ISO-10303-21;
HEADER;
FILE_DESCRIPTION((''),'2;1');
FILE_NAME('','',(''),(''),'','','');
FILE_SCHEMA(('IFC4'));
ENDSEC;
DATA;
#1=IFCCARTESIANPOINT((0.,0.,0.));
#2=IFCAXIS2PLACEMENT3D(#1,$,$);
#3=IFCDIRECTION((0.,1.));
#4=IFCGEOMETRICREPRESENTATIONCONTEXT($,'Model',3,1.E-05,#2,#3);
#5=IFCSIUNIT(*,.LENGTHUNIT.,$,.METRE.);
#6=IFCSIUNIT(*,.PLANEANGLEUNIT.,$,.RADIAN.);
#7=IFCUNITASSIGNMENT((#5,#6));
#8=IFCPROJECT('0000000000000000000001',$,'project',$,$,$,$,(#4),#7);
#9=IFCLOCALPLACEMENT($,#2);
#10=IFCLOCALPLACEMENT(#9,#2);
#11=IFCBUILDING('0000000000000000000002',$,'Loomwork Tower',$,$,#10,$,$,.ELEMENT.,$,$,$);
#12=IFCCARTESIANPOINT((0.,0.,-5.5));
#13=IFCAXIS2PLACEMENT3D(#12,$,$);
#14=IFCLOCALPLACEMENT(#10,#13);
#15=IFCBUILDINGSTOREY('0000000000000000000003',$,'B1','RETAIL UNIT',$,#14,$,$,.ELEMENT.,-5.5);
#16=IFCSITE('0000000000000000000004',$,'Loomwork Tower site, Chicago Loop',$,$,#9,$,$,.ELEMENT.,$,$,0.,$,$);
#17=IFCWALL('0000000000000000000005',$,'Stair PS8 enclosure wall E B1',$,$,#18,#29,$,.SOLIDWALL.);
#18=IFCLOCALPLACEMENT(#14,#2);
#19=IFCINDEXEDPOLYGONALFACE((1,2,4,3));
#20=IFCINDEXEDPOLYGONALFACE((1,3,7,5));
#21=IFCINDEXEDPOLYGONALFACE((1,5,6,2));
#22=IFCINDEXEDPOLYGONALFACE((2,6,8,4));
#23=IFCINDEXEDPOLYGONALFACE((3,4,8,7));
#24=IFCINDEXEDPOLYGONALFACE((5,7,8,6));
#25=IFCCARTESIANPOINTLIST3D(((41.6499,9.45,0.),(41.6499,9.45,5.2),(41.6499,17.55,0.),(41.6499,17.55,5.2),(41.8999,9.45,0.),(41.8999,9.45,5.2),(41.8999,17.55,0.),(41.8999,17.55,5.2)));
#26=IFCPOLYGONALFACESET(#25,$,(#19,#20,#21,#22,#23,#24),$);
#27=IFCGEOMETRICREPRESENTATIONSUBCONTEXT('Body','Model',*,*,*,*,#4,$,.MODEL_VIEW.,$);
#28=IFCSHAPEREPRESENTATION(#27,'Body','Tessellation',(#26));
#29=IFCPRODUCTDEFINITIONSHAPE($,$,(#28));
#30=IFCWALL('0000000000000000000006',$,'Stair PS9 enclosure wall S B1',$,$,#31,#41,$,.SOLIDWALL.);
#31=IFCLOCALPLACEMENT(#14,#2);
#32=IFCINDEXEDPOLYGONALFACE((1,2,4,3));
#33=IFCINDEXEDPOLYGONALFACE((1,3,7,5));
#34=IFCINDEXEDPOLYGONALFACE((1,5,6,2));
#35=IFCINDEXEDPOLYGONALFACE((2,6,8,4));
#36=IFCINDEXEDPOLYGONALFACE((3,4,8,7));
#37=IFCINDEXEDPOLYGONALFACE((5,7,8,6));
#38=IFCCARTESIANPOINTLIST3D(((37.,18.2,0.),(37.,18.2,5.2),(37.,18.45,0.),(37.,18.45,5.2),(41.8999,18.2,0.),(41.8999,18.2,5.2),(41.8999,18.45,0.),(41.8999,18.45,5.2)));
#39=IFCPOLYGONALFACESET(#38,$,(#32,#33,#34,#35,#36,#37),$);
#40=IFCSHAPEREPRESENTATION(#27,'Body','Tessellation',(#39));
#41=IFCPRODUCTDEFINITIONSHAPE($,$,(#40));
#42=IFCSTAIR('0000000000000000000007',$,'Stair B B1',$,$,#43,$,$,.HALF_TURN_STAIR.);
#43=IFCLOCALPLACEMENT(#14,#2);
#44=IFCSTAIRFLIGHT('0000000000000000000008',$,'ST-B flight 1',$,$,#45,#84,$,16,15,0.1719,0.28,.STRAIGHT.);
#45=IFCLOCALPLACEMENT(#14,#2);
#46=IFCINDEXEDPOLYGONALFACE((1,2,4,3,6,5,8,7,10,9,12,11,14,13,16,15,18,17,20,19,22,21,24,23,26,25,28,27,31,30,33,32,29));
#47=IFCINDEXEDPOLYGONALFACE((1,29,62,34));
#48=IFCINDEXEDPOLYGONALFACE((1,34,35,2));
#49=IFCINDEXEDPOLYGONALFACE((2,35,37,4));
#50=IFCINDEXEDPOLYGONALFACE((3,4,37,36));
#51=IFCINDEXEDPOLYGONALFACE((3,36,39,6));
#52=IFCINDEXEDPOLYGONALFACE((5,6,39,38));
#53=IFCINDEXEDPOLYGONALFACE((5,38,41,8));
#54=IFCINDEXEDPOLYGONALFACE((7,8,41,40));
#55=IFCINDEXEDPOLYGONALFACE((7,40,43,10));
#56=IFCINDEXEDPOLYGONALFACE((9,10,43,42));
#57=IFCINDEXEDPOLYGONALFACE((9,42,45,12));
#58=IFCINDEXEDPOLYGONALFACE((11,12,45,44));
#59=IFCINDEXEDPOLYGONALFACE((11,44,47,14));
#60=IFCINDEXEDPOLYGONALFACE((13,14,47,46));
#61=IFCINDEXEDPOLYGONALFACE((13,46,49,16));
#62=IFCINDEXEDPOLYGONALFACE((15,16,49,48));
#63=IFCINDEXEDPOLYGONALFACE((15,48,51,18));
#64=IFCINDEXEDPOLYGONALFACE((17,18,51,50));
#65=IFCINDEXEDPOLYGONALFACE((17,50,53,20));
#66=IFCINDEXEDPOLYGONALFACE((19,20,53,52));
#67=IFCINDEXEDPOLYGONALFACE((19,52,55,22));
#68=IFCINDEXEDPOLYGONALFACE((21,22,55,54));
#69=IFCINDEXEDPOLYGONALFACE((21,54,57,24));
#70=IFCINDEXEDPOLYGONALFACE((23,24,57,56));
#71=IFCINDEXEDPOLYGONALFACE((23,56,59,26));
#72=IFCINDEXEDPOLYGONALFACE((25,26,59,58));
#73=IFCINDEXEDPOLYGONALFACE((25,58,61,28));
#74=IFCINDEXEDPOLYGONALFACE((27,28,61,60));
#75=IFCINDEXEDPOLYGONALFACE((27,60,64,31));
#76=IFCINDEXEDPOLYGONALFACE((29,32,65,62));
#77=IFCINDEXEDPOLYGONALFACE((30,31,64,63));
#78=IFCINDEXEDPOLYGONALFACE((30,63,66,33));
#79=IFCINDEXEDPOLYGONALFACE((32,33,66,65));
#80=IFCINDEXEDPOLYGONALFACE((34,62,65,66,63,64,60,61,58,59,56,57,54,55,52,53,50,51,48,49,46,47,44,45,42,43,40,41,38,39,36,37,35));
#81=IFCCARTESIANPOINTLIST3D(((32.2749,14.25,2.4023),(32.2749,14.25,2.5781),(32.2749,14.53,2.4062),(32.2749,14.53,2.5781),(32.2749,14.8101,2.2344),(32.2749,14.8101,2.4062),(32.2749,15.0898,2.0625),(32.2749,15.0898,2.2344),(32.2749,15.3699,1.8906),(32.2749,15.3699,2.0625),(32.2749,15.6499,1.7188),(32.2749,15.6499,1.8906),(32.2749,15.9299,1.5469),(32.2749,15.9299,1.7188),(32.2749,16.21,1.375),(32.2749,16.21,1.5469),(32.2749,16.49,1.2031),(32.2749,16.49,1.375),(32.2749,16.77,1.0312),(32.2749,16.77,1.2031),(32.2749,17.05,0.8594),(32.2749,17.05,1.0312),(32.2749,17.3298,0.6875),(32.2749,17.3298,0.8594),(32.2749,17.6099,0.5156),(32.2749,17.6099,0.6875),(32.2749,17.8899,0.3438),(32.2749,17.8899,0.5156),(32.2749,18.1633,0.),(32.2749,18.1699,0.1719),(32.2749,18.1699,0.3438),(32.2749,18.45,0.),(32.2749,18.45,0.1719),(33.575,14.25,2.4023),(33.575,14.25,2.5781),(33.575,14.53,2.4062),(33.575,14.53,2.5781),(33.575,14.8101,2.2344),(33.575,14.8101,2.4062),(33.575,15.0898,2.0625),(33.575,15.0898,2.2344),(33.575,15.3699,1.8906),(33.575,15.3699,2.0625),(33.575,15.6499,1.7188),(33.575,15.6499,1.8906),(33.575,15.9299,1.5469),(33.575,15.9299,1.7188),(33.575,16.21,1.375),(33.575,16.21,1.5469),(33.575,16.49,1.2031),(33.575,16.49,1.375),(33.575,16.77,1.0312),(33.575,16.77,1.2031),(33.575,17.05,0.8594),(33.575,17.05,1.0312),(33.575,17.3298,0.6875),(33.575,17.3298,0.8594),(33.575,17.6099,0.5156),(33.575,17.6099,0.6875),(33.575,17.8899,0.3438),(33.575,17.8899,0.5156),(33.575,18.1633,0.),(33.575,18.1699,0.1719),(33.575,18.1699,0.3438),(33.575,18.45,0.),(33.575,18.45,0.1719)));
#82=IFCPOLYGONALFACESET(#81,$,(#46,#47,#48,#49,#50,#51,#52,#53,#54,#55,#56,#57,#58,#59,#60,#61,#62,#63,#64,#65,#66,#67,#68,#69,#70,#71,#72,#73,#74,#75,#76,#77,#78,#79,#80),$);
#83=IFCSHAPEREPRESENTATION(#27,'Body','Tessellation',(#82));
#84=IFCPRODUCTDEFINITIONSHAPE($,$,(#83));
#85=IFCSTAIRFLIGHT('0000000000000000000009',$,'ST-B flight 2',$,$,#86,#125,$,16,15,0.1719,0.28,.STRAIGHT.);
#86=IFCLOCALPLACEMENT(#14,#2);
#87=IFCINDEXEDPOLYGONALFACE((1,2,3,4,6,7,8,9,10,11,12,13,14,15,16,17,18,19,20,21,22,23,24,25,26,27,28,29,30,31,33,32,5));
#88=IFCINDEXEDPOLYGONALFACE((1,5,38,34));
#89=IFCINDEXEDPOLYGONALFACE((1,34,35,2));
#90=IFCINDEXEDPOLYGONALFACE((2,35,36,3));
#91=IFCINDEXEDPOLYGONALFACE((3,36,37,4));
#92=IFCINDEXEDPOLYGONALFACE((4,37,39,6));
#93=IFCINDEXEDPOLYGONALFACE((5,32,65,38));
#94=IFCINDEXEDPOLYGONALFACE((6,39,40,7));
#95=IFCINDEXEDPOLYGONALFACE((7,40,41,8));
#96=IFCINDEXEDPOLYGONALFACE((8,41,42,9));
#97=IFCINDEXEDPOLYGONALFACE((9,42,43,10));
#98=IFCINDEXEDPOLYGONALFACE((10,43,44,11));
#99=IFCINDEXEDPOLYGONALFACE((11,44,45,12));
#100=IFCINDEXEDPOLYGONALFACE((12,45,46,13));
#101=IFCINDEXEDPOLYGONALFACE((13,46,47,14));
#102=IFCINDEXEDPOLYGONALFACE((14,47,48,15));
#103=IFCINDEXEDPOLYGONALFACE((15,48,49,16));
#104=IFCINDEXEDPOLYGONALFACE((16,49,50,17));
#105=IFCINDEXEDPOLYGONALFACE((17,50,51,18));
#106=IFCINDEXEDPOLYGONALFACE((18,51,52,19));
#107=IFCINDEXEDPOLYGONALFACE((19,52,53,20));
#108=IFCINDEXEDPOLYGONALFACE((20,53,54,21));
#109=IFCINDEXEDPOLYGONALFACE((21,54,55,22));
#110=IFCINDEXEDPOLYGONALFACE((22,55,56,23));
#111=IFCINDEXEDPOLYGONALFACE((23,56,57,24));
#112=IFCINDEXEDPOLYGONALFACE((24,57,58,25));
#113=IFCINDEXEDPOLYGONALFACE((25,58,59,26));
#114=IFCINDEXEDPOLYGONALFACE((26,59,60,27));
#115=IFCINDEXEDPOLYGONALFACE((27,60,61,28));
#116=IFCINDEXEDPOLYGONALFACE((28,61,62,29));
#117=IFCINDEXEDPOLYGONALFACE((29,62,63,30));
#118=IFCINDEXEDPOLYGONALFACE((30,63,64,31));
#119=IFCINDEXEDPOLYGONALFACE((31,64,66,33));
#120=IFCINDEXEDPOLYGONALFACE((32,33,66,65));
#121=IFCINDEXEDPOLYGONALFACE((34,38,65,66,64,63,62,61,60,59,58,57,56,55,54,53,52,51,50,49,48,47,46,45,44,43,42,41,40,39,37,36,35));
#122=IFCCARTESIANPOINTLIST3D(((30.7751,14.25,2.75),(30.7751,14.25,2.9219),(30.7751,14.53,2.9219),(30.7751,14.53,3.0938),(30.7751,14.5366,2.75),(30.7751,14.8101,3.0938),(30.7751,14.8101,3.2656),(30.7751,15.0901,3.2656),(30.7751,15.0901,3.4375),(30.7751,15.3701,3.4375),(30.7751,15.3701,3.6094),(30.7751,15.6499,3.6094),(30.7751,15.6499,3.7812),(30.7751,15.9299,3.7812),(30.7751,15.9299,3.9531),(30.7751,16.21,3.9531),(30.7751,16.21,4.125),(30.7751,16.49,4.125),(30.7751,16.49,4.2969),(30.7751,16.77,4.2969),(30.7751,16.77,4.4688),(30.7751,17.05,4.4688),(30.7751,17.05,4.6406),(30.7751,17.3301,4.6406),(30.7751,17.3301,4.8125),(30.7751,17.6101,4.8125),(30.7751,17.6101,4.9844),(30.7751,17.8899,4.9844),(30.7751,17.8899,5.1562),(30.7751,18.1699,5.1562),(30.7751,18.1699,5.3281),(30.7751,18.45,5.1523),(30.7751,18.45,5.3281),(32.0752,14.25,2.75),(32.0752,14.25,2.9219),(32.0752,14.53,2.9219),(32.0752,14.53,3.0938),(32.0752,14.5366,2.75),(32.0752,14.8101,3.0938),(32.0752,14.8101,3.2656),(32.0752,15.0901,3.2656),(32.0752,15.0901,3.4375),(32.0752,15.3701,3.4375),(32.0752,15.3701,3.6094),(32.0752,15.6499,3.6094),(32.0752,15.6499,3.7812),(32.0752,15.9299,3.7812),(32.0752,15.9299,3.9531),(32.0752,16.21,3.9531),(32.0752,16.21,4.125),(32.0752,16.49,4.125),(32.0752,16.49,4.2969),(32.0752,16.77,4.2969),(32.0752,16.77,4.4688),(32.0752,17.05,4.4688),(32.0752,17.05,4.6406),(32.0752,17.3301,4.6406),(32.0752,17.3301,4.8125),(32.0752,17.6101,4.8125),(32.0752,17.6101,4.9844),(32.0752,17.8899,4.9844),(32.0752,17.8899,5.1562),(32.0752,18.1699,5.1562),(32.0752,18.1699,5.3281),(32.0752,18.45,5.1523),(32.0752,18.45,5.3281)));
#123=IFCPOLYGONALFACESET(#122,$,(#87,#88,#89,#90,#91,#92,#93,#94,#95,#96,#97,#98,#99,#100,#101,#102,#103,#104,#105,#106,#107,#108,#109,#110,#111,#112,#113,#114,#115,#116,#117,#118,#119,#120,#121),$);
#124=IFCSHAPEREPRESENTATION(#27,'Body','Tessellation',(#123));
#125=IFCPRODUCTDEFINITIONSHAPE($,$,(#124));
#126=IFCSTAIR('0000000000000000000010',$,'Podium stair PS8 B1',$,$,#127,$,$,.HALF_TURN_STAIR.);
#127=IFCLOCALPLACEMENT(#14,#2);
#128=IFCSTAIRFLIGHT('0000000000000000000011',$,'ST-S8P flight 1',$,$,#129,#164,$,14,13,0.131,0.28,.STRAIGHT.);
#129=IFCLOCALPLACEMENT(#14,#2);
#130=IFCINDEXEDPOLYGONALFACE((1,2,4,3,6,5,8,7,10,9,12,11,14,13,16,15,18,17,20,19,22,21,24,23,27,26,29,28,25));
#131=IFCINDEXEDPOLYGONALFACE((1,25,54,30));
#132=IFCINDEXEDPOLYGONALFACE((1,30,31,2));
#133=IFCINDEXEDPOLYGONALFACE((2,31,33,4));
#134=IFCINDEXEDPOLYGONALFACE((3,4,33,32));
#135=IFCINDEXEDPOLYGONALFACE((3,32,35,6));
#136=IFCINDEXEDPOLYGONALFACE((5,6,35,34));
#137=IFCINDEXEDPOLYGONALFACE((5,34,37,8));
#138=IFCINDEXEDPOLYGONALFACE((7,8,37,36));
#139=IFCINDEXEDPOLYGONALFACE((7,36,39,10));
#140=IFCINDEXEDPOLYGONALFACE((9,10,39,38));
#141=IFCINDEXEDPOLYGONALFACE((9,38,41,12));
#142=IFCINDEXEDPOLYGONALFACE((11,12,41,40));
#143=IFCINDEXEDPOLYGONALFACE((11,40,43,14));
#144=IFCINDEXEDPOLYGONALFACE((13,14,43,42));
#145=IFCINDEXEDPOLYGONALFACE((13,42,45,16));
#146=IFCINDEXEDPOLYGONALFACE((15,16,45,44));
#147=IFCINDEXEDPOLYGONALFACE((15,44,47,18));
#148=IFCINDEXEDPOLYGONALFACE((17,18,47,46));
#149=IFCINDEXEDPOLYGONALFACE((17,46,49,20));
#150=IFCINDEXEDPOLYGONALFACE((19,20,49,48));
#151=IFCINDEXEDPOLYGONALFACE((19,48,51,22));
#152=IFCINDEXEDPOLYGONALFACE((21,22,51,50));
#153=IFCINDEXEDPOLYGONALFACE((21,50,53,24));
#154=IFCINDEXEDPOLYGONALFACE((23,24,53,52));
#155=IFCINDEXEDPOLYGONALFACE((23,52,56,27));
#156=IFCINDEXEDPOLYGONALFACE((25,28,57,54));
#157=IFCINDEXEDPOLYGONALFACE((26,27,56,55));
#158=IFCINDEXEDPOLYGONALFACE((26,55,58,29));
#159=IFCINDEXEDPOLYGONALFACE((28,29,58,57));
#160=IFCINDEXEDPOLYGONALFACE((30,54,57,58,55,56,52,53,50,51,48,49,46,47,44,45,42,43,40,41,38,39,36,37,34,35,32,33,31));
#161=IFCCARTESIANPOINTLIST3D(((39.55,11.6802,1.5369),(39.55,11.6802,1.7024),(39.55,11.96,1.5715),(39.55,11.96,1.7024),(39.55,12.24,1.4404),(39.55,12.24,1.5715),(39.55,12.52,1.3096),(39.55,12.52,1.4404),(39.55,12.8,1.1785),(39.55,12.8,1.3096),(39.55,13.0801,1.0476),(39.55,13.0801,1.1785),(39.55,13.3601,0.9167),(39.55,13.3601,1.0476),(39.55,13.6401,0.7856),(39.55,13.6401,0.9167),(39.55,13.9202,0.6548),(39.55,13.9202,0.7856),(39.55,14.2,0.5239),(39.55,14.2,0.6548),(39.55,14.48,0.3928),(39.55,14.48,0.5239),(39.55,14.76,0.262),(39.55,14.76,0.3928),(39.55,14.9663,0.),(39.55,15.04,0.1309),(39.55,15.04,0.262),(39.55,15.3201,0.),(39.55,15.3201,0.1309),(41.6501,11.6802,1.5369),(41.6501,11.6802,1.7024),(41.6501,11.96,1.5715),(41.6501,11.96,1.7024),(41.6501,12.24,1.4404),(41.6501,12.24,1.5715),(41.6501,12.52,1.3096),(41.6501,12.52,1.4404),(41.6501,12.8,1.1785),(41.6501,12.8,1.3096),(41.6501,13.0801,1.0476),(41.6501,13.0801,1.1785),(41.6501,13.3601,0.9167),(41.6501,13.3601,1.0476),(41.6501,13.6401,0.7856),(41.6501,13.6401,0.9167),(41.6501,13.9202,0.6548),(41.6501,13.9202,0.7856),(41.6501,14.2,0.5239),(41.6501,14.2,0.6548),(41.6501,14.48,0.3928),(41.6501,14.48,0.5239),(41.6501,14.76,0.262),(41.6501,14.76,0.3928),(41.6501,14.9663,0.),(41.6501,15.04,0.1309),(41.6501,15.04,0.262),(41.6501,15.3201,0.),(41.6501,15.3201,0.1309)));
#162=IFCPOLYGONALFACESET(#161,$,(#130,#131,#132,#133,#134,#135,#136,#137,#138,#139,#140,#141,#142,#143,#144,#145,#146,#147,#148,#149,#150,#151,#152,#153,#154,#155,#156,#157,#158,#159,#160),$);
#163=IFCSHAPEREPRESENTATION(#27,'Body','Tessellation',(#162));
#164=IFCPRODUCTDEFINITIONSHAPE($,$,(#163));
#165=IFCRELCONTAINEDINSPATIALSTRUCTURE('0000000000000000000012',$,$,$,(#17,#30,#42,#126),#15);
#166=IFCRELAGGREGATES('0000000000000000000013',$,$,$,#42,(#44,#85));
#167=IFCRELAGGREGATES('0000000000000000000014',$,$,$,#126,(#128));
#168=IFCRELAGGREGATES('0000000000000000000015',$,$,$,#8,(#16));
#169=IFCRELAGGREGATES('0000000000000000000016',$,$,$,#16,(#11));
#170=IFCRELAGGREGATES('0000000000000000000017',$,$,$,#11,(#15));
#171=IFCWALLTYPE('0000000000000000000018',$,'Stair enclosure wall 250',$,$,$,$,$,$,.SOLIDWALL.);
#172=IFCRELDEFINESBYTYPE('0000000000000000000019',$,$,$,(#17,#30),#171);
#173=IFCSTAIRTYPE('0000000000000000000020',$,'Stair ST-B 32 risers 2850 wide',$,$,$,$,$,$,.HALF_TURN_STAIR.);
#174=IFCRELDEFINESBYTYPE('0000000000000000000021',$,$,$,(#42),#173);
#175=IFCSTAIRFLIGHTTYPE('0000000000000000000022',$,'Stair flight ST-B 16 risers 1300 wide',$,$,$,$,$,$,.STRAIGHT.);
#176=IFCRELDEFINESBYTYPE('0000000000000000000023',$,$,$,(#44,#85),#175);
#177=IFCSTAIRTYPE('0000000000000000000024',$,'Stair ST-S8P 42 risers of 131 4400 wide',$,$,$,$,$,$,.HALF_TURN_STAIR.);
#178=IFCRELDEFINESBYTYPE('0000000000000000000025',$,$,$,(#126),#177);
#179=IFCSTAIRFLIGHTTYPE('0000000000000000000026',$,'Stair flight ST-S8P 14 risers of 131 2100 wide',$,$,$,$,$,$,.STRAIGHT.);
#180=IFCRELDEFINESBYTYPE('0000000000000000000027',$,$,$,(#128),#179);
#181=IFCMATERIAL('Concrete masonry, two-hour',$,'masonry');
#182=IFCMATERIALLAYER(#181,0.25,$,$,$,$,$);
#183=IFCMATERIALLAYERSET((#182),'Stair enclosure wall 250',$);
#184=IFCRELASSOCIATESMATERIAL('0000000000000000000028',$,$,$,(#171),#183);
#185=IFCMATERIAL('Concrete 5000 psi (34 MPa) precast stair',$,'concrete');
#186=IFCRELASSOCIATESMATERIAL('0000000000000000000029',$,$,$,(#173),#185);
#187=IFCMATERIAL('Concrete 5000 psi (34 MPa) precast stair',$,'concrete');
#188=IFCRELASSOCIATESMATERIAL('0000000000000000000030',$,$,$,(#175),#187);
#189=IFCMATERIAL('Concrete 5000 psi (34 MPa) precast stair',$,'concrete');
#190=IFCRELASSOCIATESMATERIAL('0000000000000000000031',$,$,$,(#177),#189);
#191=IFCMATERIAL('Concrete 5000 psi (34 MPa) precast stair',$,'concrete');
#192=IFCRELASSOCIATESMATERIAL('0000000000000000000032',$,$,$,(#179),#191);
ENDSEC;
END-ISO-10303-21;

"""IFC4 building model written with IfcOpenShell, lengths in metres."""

from ifc_helpers import new_model, si_unit, direction, frame, frame_2d, origin, place, context, subcontext, project, spatial, polyline, rectangle, outline, extrude, material, layer, layer_set, type_object, element, aggregate, save


model = new_model("IFC4")

# Units and contexts
model_context = context("Model", 3, precision=1e-05, world=origin(), true_north=direction((0.0, 1.0)))
body_context = subcontext(model_context, "Body", "Model", "MODEL_VIEW")
ifc_project = project(units=[si_unit("LENGTHUNIT", "METRE"), si_unit("PLANEANGLEUNIT", "RADIAN")], contexts=[model_context])

# Site, building, storey
site_placement = place(None, origin())
site = spatial("IfcSite", under=ifc_project, at=site_placement, Name="Loomwork Tower site, Chicago Loop", CompositionType="ELEMENT", RefElevation=0.0)
building_placement = place(site_placement, origin())
building = spatial("IfcBuilding", under=site, at=building_placement, Name="Loomwork Tower", CompositionType="ELEMENT")
storey_placement = place(building_placement, frame((0.0, 0.0, -5.5)))
storey = spatial("IfcBuildingStorey", under=building, at=storey_placement, Name="B1", Description="RETAIL UNIT", CompositionType="ELEMENT", Elevation=-5.5)

# Shared definitions
ifc_material_1 = material(Name="Concrete masonry, two-hour", Category="masonry")
ifc_layer_1 = layer(ifc_material_1, 0.25)
ifc_layer_set_1 = layer_set([ifc_layer_1], Name="Stair enclosure wall 250")
wall_type_1 = type_object("IfcWallType", Name="Stair enclosure wall 250", PredefinedType="SOLIDWALL", material=ifc_layer_set_1)

# Walls
wall_1_placement = place(storey_placement, frame((41.7749, 9.45, 0.0), z_axis=(0.0, 0.0, 1.0), x_axis=(0.0, 1.0, 0.0)))
element("IfcWall", 1, at=wall_1_placement, inside=storey, type_object=wall_type_1, Name="Stair PS8 enclosure wall E B1", PredefinedType="SOLIDWALL", context=body_context, shape_type="SweptSolid", body=[
    extrude(rectangle(XDim=8.1001, YDim=0.25, at=frame_2d((4.05, 0.0))), origin(), (0.0, 0.0, 1.0), 5.2),
])
wall_2_placement = place(storey_placement, frame((37.0, 18.325, 0.0), z_axis=(0.0, 0.0, 1.0), x_axis=(1.0, 0.0, 0.0)))
element("IfcWall", 2, at=wall_2_placement, inside=storey, type_object=wall_type_1, Name="Stair PS9 enclosure wall S B1", PredefinedType="SOLIDWALL", context=body_context, shape_type="SweptSolid", body=[
    extrude(rectangle(XDim=4.8999, YDim=0.25, at=frame_2d((2.45, 0.0))), origin(), (0.0, 0.0, 1.0), 5.2),
])

# Stairs, stair flights
ifc_material_2 = material(Name="Concrete 5000 psi (34 MPa) precast stair", Category="concrete")
stair_type_1 = type_object("IfcStairType", Name="Stair ST-B 32 risers 2850 wide", PredefinedType="HALF_TURN_STAIR", material=ifc_material_2)
stair_1_placement = place(storey_placement, origin())
stair_1 = element("IfcStair", 3, at=stair_1_placement, inside=storey, type_object=stair_type_1, Name="Stair B B1", PredefinedType="HALF_TURN_STAIR")
ifc_material_3 = material(Name="Concrete 5000 psi (34 MPa) precast stair", Category="concrete")
stair_flight_type_1 = type_object("IfcStairFlightType", Name="Stair flight ST-B 16 risers 1300 wide", PredefinedType="STRAIGHT", material=ifc_material_3)
stair_flight_1_placement = place(storey_placement, frame((32.925, 18.45, 0.0), z_axis=(0.0, 0.0, 1.0), x_axis=(0.0, -1.0, 0.0)))
stair_flight_1 = element("IfcStairFlight", 4, at=stair_flight_1_placement, type_object=stair_flight_type_1, Name="ST-B flight 1", NumberOfRisers=16, NumberOfTreads=15, PredefinedType="STRAIGHT", RiserHeight=0.1719, TreadLength=0.28, context=body_context, shape_type="SweptSolid", body=[
    extrude(outline(polyline([(0.0, 0.0), (0.0, 0.1719), (0.28, 0.1719), (0.28, 0.3438), (0.5601, 0.3438), (0.5601, 0.5156), (0.8401, 0.5156), (0.8401, 0.6875), (1.1201, 0.6875), (1.1201, 0.8594), (1.3999, 0.8594), (1.3999, 1.0312), (1.6799, 1.0312), (1.6799, 1.2031), (1.96, 1.2031), (1.96, 1.375), (2.24, 1.375), (2.24, 1.5469), (2.52, 1.5469), (2.52, 1.7188), (2.8, 1.7188), (2.8, 1.8906), (3.0801, 1.8906), (3.0801, 2.0625), (3.3601, 2.0625), (3.3601, 2.2344), (3.6399, 2.2344), (3.6399, 2.4062), (3.9199, 2.4062), (3.9199, 2.5781), (4.2, 2.5781), (4.2, 2.75), (4.2, 2.4023), (0.2866, 0.0), (0.0, 0.0)])), frame((0.0, 0.6499, 0.0), z_axis=(0.0, -1.0, 0.0), x_axis=(1.0, 0.0, 0.0)), (0.0, 0.0, 1.0), 1.3),
])
stair_flight_2_placement = place(storey_placement, frame((31.425, 14.25, 2.75), z_axis=(0.0, 0.0, 1.0), x_axis=(0.0, 1.0, 0.0)))
stair_flight_2 = element("IfcStairFlight", 5, at=stair_flight_2_placement, type_object=stair_flight_type_1, Name="ST-B flight 2", NumberOfRisers=16, NumberOfTreads=15, PredefinedType="STRAIGHT", RiserHeight=0.1719, TreadLength=0.28, context=body_context, shape_type="SweptSolid", body=[
    extrude(outline(polyline([(0.0, 0.0), (0.0, 0.1719), (0.28, 0.1719), (0.28, 0.3438), (0.5601, 0.3438), (0.5601, 0.5156), (0.8401, 0.5156), (0.8401, 0.6875), (1.1201, 0.6875), (1.1201, 0.8594), (1.3999, 0.8594), (1.3999, 1.0312), (1.6799, 1.0312), (1.6799, 1.2031), (1.96, 1.2031), (1.96, 1.375), (2.24, 1.375), (2.24, 1.5469), (2.52, 1.5469), (2.52, 1.7188), (2.8, 1.7188), (2.8, 1.8906), (3.0801, 1.8906), (3.0801, 2.0625), (3.3601, 2.0625), (3.3601, 2.2344), (3.6399, 2.2344), (3.6399, 2.4062), (3.9199, 2.4062), (3.9199, 2.5781), (4.2, 2.5781), (4.2, 2.75), (4.2, 2.4023), (0.2866, 0.0), (0.0, 0.0)])), frame((0.0, 0.6499, 0.0), z_axis=(0.0, -1.0, 0.0), x_axis=(1.0, 0.0, 0.0)), (0.0, 0.0, 1.0), 1.3),
])
aggregate(stair_1, [stair_flight_1, stair_flight_2])
ifc_material_4 = material(Name="Concrete 5000 psi (34 MPa) precast stair", Category="concrete")
stair_type_2 = type_object("IfcStairType", Name="Stair ST-S8P 42 risers of 131 4400 wide", PredefinedType="HALF_TURN_STAIR", material=ifc_material_4)
stair_2_placement = place(storey_placement, origin())
stair_2 = element("IfcStair", 6, at=stair_2_placement, inside=storey, type_object=stair_type_2, Name="Podium stair PS8 B1", PredefinedType="HALF_TURN_STAIR")
ifc_material_5 = material(Name="Concrete 5000 psi (34 MPa) precast stair", Category="concrete")
stair_flight_type_2 = type_object("IfcStairFlightType", Name="Stair flight ST-S8P 14 risers of 131 2100 wide", PredefinedType="STRAIGHT", material=ifc_material_5)
stair_flight_3_placement = place(storey_placement, frame((40.6001, 15.3201, 0.0), z_axis=(0.0, 0.0, 1.0), x_axis=(0.0, -1.0, 0.0)))
stair_flight_3 = element("IfcStairFlight", 7, at=stair_flight_3_placement, type_object=stair_flight_type_2, Name="ST-S8P flight 1", NumberOfRisers=14, NumberOfTreads=13, PredefinedType="STRAIGHT", RiserHeight=0.131, TreadLength=0.28, context=body_context, shape_type="SweptSolid", body=[
    extrude(outline(polyline([(0.0, 0.0), (0.0, 0.1309), (0.28, 0.1309), (0.28, 0.262), (0.5601, 0.262), (0.5601, 0.3928), (0.8401, 0.3928), (0.8401, 0.5239), (1.1201, 0.5239), (1.1201, 0.6548), (1.3999, 0.6548), (1.3999, 0.7856), (1.6799, 0.7856), (1.6799, 0.9167), (1.96, 0.9167), (1.96, 1.0476), (2.24, 1.0476), (2.24, 1.1785), (2.52, 1.1785), (2.52, 1.3096), (2.8, 1.3096), (2.8, 1.4404), (3.0801, 1.4404), (3.0801, 1.5715), (3.3601, 1.5715), (3.3601, 1.7024), (3.6399, 1.7024), (3.6399, 1.8333), (3.6399, 1.5369), (0.3538, 0.0), (0.0, 0.0)])), frame((0.0, 1.05, 0.0), z_axis=(0.0, -1.0, 0.0), x_axis=(1.0, 0.0, 0.0)), (0.0, 0.0, 1.0), 2.1001),
])
aggregate(stair_2, [stair_flight_3])

save(model, "model.ifc")
